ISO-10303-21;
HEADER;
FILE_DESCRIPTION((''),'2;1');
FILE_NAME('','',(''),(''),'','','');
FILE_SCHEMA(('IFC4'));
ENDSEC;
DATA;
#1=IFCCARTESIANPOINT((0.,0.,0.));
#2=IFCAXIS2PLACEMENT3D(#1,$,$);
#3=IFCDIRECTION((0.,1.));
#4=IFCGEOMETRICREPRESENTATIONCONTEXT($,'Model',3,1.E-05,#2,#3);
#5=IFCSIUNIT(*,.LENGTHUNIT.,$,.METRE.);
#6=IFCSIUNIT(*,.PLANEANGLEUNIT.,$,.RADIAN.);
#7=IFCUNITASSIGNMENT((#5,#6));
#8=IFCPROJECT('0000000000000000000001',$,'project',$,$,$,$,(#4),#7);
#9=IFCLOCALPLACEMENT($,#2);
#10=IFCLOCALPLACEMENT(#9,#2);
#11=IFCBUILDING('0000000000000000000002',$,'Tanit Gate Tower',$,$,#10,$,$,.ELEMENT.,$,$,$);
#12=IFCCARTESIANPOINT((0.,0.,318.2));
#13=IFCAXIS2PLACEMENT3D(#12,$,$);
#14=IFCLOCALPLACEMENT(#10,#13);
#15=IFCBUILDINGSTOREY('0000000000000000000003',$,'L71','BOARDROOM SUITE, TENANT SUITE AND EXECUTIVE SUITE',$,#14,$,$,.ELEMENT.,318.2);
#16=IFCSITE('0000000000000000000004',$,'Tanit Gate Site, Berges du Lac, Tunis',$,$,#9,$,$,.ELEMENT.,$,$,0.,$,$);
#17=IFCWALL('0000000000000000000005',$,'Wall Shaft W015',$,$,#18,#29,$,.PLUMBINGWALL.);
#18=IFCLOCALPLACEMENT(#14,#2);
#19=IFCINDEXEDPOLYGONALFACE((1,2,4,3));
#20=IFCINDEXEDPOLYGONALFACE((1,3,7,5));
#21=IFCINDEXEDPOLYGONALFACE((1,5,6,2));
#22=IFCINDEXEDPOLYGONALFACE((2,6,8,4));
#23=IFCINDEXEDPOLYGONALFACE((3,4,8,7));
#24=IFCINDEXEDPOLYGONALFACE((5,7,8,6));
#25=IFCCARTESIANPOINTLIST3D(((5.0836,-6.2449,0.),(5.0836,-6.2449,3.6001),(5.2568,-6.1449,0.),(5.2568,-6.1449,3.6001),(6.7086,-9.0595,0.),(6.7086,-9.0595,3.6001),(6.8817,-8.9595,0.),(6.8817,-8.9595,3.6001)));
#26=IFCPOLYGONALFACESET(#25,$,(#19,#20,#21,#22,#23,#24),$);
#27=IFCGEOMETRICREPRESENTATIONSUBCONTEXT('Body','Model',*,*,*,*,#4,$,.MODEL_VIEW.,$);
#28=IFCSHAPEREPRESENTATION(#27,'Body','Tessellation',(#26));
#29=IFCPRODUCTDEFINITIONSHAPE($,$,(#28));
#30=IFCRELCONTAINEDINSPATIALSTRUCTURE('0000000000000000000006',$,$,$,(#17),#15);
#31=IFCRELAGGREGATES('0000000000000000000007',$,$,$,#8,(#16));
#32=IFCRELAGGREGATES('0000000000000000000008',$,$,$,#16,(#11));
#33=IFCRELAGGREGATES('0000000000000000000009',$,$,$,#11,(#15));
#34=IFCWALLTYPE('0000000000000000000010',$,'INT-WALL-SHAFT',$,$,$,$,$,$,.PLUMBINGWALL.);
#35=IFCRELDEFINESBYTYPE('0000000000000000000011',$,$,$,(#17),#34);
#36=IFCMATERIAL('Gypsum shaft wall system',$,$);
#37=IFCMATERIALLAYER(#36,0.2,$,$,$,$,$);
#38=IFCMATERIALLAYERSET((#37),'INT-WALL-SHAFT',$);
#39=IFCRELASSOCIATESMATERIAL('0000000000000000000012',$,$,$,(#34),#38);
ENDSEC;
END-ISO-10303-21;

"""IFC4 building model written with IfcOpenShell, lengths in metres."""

from ifc_helpers import new_model, si_unit, direction, frame, frame_2d, origin, place, context, subcontext, project, spatial, rectangle, extrude, material, layer, layer_set, type_object, element, save


model = new_model("IFC4")

# Units and contexts
model_context = context("Model", 3, precision=1e-05, world=origin(), true_north=direction((0.0, 1.0)))
body_context = subcontext(model_context, "Body", "Model", "MODEL_VIEW")
ifc_project = project(units=[si_unit("LENGTHUNIT", "METRE"), si_unit("PLANEANGLEUNIT", "RADIAN")], contexts=[model_context])

# Site, building, storey
site_placement = place(None, origin())
site = spatial("IfcSite", under=ifc_project, at=site_placement, Name="Tanit Gate Site, Berges du Lac, Tunis", CompositionType="ELEMENT", RefElevation=0.0)
building_placement = place(site_placement, origin())
building = spatial("IfcBuilding", under=site, at=building_placement, Name="Tanit Gate Tower", CompositionType="ELEMENT")
storey_placement = place(building_placement, frame((0.0, 0.0, 318.2)))
storey = spatial("IfcBuildingStorey", under=building, at=storey_placement, Name="L71", Description="BOARDROOM SUITE, TENANT SUITE AND EXECUTIVE SUITE", CompositionType="ELEMENT", Elevation=318.2)

# Wall
ifc_material_1 = material(Name="Gypsum shaft wall system")
ifc_layer_1 = layer(ifc_material_1, 0.2)
ifc_layer_set_1 = layer_set([ifc_layer_1], Name="INT-WALL-SHAFT")
wall_type_1 = type_object("IfcWallType", Name="INT-WALL-SHAFT", PredefinedType="PLUMBINGWALL", material=ifc_layer_set_1)
wall_1_placement = place(storey_placement, frame((6.7952, -9.0095, 0.0), z_axis=(0.0, 0.0, 1.0), x_axis=(-0.499985, 0.866034, 0.0)))
element("IfcWall", 1, at=wall_1_placement, inside=storey, type_object=wall_type_1, Name="Wall Shaft W015", PredefinedType="PLUMBINGWALL", context=body_context, shape_type="SweptSolid", body=[
    extrude(rectangle(XDim=3.25, YDim=0.2, at=frame_2d((1.625, 0.0))), origin(), (0.0, 0.0, 1.0), 3.6001),
])

save(model, "model.ifc")
